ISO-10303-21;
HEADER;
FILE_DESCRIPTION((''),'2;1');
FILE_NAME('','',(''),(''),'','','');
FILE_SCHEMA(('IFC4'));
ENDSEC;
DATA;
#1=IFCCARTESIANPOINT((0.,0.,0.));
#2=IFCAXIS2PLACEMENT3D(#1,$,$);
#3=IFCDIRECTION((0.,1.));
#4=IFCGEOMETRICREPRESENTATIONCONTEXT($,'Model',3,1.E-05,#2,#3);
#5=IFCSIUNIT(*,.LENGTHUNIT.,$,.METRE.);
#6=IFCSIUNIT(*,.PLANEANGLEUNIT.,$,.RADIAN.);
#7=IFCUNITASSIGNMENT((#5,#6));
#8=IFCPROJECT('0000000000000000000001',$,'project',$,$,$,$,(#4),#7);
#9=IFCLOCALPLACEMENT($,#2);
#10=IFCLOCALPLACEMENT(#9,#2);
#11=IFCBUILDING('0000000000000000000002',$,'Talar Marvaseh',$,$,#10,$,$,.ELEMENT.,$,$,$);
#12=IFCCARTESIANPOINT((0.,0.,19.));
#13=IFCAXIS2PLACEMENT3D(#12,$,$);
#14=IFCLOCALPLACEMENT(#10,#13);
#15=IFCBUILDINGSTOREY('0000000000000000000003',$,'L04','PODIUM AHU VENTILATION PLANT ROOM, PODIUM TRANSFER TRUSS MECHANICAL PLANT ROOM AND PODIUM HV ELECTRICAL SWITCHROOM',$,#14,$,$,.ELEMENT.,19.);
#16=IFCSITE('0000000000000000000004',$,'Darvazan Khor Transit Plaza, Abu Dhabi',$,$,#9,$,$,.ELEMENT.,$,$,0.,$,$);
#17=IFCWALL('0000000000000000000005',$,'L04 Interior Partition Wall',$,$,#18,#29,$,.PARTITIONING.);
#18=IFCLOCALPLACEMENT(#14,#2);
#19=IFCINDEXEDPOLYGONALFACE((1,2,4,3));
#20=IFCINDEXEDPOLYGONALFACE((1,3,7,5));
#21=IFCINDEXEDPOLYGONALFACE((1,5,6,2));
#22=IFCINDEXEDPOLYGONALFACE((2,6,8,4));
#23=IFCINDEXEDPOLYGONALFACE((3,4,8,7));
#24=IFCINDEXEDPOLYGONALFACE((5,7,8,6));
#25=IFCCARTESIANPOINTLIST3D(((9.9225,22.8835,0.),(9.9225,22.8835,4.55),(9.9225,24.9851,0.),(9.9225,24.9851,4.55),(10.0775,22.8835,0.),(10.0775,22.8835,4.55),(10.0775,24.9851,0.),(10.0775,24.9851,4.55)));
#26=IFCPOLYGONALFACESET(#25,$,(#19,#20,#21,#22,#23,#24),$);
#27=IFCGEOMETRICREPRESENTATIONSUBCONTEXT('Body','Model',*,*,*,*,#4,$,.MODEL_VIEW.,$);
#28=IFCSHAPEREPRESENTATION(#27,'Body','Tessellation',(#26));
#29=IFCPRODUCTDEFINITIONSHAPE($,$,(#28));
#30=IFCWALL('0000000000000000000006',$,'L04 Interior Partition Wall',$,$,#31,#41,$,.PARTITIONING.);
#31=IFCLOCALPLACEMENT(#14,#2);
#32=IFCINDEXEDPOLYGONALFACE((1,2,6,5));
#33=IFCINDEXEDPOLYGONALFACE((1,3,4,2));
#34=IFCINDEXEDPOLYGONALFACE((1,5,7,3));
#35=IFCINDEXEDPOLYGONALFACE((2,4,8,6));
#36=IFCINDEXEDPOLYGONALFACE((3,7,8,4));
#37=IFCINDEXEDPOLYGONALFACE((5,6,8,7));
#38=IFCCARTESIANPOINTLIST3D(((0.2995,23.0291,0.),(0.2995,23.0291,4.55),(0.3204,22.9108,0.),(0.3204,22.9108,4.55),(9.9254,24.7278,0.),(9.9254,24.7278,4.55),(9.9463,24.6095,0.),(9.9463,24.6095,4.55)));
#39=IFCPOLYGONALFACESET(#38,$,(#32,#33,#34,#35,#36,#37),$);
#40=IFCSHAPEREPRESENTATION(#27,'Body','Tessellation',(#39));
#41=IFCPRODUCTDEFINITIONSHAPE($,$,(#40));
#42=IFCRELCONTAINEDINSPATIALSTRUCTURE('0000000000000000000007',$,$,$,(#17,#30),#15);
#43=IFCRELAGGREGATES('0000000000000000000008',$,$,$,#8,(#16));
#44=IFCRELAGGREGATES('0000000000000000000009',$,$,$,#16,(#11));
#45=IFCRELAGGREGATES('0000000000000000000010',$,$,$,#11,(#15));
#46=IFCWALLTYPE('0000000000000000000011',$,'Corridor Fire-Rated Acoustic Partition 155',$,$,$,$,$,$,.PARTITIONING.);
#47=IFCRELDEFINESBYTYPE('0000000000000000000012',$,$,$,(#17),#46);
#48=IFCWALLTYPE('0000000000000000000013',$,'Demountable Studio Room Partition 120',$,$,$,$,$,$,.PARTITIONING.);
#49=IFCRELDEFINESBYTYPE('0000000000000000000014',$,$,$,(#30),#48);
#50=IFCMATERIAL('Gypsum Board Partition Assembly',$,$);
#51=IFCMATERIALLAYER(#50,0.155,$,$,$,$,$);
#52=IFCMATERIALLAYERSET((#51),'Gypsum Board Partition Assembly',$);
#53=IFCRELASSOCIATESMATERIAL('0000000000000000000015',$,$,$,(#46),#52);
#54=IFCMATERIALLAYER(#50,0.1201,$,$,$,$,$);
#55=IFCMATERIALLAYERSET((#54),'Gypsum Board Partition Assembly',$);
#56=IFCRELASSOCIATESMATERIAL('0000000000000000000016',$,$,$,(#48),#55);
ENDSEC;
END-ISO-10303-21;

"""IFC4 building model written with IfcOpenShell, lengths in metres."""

from ifc_helpers import new_model, si_unit, direction, frame, frame_2d, origin, place, context, subcontext, project, spatial, rectangle, extrude, material, layer, layer_set, type_object, element, save


model = new_model("IFC4")

# Units and contexts
model_context = context("Model", 3, precision=1e-05, world=origin(), true_north=direction((0.0, 1.0)))
body_context = subcontext(model_context, "Body", "Model", "MODEL_VIEW")
ifc_project = project(units=[si_unit("LENGTHUNIT", "METRE"), si_unit("PLANEANGLEUNIT", "RADIAN")], contexts=[model_context])

# Site, building, storey
site_placement = place(None, origin())
site = spatial("IfcSite", under=ifc_project, at=site_placement, Name="Darvazan Khor Transit Plaza, Abu Dhabi", CompositionType="ELEMENT", RefElevation=0.0)
building_placement = place(site_placement, origin())
building = spatial("IfcBuilding", under=site, at=building_placement, Name="Talar Marvaseh", CompositionType="ELEMENT")
storey_placement = place(building_placement, frame((0.0, 0.0, 19.0)))
storey = spatial("IfcBuildingStorey", under=building, at=storey_placement, Name="L04", Description="PODIUM AHU VENTILATION PLANT ROOM, PODIUM TRANSFER TRUSS MECHANICAL PLANT ROOM AND PODIUM HV ELECTRICAL SWITCHROOM", CompositionType="ELEMENT", Elevation=19.0)

# Walls
ifc_material_1 = material(Name="Gypsum Board Partition Assembly")
ifc_layer_1 = layer(ifc_material_1, 0.155)
ifc_layer_set_1 = layer_set([ifc_layer_1], Name="Gypsum Board Partition Assembly")
wall_type_1 = type_object("IfcWallType", Name="Corridor Fire-Rated Acoustic Partition 155", PredefinedType="PARTITIONING", material=ifc_layer_set_1)
wall_1_placement = place(storey_placement, frame((10.0, 22.8835, 0.0), z_axis=(0.0, 0.0, 1.0), x_axis=(0.0, 1.0, 0.0)))
element("IfcWall", 1, at=wall_1_placement, inside=storey, type_object=wall_type_1, Name="L04 Interior Partition Wall", PredefinedType="PARTITIONING", context=body_context, shape_type="SweptSolid", body=[
    extrude(rectangle(XDim=2.1016, YDim=0.155, at=frame_2d((1.0508, 0.0))), origin(), (0.0, 0.0, 1.0), 4.55),
])
ifc_layer_2 = layer(ifc_material_1, 0.1201)
ifc_layer_set_2 = layer_set([ifc_layer_2], Name="Gypsum Board Partition Assembly")
wall_type_2 = type_object("IfcWallType", Name="Demountable Studio Room Partition 120", PredefinedType="PARTITIONING", material=ifc_layer_set_2)
wall_2_placement = place(storey_placement, frame((0.3101, 22.97, 0.0), z_axis=(0.0, 0.0, 1.0), x_axis=(0.984783, 0.173788, 0.0)))
element("IfcWall", 2, at=wall_2_placement, inside=storey, type_object=wall_type_2, Name="L04 Interior Partition Wall", PredefinedType="PARTITIONING", context=body_context, shape_type="SweptSolid", body=[
    extrude(rectangle(XDim=9.7747, YDim=0.1201, at=frame_2d((4.8872, 0.0))), origin(), (0.0, 0.0, 1.0), 4.55),
])

save(model, "model.ifc")
